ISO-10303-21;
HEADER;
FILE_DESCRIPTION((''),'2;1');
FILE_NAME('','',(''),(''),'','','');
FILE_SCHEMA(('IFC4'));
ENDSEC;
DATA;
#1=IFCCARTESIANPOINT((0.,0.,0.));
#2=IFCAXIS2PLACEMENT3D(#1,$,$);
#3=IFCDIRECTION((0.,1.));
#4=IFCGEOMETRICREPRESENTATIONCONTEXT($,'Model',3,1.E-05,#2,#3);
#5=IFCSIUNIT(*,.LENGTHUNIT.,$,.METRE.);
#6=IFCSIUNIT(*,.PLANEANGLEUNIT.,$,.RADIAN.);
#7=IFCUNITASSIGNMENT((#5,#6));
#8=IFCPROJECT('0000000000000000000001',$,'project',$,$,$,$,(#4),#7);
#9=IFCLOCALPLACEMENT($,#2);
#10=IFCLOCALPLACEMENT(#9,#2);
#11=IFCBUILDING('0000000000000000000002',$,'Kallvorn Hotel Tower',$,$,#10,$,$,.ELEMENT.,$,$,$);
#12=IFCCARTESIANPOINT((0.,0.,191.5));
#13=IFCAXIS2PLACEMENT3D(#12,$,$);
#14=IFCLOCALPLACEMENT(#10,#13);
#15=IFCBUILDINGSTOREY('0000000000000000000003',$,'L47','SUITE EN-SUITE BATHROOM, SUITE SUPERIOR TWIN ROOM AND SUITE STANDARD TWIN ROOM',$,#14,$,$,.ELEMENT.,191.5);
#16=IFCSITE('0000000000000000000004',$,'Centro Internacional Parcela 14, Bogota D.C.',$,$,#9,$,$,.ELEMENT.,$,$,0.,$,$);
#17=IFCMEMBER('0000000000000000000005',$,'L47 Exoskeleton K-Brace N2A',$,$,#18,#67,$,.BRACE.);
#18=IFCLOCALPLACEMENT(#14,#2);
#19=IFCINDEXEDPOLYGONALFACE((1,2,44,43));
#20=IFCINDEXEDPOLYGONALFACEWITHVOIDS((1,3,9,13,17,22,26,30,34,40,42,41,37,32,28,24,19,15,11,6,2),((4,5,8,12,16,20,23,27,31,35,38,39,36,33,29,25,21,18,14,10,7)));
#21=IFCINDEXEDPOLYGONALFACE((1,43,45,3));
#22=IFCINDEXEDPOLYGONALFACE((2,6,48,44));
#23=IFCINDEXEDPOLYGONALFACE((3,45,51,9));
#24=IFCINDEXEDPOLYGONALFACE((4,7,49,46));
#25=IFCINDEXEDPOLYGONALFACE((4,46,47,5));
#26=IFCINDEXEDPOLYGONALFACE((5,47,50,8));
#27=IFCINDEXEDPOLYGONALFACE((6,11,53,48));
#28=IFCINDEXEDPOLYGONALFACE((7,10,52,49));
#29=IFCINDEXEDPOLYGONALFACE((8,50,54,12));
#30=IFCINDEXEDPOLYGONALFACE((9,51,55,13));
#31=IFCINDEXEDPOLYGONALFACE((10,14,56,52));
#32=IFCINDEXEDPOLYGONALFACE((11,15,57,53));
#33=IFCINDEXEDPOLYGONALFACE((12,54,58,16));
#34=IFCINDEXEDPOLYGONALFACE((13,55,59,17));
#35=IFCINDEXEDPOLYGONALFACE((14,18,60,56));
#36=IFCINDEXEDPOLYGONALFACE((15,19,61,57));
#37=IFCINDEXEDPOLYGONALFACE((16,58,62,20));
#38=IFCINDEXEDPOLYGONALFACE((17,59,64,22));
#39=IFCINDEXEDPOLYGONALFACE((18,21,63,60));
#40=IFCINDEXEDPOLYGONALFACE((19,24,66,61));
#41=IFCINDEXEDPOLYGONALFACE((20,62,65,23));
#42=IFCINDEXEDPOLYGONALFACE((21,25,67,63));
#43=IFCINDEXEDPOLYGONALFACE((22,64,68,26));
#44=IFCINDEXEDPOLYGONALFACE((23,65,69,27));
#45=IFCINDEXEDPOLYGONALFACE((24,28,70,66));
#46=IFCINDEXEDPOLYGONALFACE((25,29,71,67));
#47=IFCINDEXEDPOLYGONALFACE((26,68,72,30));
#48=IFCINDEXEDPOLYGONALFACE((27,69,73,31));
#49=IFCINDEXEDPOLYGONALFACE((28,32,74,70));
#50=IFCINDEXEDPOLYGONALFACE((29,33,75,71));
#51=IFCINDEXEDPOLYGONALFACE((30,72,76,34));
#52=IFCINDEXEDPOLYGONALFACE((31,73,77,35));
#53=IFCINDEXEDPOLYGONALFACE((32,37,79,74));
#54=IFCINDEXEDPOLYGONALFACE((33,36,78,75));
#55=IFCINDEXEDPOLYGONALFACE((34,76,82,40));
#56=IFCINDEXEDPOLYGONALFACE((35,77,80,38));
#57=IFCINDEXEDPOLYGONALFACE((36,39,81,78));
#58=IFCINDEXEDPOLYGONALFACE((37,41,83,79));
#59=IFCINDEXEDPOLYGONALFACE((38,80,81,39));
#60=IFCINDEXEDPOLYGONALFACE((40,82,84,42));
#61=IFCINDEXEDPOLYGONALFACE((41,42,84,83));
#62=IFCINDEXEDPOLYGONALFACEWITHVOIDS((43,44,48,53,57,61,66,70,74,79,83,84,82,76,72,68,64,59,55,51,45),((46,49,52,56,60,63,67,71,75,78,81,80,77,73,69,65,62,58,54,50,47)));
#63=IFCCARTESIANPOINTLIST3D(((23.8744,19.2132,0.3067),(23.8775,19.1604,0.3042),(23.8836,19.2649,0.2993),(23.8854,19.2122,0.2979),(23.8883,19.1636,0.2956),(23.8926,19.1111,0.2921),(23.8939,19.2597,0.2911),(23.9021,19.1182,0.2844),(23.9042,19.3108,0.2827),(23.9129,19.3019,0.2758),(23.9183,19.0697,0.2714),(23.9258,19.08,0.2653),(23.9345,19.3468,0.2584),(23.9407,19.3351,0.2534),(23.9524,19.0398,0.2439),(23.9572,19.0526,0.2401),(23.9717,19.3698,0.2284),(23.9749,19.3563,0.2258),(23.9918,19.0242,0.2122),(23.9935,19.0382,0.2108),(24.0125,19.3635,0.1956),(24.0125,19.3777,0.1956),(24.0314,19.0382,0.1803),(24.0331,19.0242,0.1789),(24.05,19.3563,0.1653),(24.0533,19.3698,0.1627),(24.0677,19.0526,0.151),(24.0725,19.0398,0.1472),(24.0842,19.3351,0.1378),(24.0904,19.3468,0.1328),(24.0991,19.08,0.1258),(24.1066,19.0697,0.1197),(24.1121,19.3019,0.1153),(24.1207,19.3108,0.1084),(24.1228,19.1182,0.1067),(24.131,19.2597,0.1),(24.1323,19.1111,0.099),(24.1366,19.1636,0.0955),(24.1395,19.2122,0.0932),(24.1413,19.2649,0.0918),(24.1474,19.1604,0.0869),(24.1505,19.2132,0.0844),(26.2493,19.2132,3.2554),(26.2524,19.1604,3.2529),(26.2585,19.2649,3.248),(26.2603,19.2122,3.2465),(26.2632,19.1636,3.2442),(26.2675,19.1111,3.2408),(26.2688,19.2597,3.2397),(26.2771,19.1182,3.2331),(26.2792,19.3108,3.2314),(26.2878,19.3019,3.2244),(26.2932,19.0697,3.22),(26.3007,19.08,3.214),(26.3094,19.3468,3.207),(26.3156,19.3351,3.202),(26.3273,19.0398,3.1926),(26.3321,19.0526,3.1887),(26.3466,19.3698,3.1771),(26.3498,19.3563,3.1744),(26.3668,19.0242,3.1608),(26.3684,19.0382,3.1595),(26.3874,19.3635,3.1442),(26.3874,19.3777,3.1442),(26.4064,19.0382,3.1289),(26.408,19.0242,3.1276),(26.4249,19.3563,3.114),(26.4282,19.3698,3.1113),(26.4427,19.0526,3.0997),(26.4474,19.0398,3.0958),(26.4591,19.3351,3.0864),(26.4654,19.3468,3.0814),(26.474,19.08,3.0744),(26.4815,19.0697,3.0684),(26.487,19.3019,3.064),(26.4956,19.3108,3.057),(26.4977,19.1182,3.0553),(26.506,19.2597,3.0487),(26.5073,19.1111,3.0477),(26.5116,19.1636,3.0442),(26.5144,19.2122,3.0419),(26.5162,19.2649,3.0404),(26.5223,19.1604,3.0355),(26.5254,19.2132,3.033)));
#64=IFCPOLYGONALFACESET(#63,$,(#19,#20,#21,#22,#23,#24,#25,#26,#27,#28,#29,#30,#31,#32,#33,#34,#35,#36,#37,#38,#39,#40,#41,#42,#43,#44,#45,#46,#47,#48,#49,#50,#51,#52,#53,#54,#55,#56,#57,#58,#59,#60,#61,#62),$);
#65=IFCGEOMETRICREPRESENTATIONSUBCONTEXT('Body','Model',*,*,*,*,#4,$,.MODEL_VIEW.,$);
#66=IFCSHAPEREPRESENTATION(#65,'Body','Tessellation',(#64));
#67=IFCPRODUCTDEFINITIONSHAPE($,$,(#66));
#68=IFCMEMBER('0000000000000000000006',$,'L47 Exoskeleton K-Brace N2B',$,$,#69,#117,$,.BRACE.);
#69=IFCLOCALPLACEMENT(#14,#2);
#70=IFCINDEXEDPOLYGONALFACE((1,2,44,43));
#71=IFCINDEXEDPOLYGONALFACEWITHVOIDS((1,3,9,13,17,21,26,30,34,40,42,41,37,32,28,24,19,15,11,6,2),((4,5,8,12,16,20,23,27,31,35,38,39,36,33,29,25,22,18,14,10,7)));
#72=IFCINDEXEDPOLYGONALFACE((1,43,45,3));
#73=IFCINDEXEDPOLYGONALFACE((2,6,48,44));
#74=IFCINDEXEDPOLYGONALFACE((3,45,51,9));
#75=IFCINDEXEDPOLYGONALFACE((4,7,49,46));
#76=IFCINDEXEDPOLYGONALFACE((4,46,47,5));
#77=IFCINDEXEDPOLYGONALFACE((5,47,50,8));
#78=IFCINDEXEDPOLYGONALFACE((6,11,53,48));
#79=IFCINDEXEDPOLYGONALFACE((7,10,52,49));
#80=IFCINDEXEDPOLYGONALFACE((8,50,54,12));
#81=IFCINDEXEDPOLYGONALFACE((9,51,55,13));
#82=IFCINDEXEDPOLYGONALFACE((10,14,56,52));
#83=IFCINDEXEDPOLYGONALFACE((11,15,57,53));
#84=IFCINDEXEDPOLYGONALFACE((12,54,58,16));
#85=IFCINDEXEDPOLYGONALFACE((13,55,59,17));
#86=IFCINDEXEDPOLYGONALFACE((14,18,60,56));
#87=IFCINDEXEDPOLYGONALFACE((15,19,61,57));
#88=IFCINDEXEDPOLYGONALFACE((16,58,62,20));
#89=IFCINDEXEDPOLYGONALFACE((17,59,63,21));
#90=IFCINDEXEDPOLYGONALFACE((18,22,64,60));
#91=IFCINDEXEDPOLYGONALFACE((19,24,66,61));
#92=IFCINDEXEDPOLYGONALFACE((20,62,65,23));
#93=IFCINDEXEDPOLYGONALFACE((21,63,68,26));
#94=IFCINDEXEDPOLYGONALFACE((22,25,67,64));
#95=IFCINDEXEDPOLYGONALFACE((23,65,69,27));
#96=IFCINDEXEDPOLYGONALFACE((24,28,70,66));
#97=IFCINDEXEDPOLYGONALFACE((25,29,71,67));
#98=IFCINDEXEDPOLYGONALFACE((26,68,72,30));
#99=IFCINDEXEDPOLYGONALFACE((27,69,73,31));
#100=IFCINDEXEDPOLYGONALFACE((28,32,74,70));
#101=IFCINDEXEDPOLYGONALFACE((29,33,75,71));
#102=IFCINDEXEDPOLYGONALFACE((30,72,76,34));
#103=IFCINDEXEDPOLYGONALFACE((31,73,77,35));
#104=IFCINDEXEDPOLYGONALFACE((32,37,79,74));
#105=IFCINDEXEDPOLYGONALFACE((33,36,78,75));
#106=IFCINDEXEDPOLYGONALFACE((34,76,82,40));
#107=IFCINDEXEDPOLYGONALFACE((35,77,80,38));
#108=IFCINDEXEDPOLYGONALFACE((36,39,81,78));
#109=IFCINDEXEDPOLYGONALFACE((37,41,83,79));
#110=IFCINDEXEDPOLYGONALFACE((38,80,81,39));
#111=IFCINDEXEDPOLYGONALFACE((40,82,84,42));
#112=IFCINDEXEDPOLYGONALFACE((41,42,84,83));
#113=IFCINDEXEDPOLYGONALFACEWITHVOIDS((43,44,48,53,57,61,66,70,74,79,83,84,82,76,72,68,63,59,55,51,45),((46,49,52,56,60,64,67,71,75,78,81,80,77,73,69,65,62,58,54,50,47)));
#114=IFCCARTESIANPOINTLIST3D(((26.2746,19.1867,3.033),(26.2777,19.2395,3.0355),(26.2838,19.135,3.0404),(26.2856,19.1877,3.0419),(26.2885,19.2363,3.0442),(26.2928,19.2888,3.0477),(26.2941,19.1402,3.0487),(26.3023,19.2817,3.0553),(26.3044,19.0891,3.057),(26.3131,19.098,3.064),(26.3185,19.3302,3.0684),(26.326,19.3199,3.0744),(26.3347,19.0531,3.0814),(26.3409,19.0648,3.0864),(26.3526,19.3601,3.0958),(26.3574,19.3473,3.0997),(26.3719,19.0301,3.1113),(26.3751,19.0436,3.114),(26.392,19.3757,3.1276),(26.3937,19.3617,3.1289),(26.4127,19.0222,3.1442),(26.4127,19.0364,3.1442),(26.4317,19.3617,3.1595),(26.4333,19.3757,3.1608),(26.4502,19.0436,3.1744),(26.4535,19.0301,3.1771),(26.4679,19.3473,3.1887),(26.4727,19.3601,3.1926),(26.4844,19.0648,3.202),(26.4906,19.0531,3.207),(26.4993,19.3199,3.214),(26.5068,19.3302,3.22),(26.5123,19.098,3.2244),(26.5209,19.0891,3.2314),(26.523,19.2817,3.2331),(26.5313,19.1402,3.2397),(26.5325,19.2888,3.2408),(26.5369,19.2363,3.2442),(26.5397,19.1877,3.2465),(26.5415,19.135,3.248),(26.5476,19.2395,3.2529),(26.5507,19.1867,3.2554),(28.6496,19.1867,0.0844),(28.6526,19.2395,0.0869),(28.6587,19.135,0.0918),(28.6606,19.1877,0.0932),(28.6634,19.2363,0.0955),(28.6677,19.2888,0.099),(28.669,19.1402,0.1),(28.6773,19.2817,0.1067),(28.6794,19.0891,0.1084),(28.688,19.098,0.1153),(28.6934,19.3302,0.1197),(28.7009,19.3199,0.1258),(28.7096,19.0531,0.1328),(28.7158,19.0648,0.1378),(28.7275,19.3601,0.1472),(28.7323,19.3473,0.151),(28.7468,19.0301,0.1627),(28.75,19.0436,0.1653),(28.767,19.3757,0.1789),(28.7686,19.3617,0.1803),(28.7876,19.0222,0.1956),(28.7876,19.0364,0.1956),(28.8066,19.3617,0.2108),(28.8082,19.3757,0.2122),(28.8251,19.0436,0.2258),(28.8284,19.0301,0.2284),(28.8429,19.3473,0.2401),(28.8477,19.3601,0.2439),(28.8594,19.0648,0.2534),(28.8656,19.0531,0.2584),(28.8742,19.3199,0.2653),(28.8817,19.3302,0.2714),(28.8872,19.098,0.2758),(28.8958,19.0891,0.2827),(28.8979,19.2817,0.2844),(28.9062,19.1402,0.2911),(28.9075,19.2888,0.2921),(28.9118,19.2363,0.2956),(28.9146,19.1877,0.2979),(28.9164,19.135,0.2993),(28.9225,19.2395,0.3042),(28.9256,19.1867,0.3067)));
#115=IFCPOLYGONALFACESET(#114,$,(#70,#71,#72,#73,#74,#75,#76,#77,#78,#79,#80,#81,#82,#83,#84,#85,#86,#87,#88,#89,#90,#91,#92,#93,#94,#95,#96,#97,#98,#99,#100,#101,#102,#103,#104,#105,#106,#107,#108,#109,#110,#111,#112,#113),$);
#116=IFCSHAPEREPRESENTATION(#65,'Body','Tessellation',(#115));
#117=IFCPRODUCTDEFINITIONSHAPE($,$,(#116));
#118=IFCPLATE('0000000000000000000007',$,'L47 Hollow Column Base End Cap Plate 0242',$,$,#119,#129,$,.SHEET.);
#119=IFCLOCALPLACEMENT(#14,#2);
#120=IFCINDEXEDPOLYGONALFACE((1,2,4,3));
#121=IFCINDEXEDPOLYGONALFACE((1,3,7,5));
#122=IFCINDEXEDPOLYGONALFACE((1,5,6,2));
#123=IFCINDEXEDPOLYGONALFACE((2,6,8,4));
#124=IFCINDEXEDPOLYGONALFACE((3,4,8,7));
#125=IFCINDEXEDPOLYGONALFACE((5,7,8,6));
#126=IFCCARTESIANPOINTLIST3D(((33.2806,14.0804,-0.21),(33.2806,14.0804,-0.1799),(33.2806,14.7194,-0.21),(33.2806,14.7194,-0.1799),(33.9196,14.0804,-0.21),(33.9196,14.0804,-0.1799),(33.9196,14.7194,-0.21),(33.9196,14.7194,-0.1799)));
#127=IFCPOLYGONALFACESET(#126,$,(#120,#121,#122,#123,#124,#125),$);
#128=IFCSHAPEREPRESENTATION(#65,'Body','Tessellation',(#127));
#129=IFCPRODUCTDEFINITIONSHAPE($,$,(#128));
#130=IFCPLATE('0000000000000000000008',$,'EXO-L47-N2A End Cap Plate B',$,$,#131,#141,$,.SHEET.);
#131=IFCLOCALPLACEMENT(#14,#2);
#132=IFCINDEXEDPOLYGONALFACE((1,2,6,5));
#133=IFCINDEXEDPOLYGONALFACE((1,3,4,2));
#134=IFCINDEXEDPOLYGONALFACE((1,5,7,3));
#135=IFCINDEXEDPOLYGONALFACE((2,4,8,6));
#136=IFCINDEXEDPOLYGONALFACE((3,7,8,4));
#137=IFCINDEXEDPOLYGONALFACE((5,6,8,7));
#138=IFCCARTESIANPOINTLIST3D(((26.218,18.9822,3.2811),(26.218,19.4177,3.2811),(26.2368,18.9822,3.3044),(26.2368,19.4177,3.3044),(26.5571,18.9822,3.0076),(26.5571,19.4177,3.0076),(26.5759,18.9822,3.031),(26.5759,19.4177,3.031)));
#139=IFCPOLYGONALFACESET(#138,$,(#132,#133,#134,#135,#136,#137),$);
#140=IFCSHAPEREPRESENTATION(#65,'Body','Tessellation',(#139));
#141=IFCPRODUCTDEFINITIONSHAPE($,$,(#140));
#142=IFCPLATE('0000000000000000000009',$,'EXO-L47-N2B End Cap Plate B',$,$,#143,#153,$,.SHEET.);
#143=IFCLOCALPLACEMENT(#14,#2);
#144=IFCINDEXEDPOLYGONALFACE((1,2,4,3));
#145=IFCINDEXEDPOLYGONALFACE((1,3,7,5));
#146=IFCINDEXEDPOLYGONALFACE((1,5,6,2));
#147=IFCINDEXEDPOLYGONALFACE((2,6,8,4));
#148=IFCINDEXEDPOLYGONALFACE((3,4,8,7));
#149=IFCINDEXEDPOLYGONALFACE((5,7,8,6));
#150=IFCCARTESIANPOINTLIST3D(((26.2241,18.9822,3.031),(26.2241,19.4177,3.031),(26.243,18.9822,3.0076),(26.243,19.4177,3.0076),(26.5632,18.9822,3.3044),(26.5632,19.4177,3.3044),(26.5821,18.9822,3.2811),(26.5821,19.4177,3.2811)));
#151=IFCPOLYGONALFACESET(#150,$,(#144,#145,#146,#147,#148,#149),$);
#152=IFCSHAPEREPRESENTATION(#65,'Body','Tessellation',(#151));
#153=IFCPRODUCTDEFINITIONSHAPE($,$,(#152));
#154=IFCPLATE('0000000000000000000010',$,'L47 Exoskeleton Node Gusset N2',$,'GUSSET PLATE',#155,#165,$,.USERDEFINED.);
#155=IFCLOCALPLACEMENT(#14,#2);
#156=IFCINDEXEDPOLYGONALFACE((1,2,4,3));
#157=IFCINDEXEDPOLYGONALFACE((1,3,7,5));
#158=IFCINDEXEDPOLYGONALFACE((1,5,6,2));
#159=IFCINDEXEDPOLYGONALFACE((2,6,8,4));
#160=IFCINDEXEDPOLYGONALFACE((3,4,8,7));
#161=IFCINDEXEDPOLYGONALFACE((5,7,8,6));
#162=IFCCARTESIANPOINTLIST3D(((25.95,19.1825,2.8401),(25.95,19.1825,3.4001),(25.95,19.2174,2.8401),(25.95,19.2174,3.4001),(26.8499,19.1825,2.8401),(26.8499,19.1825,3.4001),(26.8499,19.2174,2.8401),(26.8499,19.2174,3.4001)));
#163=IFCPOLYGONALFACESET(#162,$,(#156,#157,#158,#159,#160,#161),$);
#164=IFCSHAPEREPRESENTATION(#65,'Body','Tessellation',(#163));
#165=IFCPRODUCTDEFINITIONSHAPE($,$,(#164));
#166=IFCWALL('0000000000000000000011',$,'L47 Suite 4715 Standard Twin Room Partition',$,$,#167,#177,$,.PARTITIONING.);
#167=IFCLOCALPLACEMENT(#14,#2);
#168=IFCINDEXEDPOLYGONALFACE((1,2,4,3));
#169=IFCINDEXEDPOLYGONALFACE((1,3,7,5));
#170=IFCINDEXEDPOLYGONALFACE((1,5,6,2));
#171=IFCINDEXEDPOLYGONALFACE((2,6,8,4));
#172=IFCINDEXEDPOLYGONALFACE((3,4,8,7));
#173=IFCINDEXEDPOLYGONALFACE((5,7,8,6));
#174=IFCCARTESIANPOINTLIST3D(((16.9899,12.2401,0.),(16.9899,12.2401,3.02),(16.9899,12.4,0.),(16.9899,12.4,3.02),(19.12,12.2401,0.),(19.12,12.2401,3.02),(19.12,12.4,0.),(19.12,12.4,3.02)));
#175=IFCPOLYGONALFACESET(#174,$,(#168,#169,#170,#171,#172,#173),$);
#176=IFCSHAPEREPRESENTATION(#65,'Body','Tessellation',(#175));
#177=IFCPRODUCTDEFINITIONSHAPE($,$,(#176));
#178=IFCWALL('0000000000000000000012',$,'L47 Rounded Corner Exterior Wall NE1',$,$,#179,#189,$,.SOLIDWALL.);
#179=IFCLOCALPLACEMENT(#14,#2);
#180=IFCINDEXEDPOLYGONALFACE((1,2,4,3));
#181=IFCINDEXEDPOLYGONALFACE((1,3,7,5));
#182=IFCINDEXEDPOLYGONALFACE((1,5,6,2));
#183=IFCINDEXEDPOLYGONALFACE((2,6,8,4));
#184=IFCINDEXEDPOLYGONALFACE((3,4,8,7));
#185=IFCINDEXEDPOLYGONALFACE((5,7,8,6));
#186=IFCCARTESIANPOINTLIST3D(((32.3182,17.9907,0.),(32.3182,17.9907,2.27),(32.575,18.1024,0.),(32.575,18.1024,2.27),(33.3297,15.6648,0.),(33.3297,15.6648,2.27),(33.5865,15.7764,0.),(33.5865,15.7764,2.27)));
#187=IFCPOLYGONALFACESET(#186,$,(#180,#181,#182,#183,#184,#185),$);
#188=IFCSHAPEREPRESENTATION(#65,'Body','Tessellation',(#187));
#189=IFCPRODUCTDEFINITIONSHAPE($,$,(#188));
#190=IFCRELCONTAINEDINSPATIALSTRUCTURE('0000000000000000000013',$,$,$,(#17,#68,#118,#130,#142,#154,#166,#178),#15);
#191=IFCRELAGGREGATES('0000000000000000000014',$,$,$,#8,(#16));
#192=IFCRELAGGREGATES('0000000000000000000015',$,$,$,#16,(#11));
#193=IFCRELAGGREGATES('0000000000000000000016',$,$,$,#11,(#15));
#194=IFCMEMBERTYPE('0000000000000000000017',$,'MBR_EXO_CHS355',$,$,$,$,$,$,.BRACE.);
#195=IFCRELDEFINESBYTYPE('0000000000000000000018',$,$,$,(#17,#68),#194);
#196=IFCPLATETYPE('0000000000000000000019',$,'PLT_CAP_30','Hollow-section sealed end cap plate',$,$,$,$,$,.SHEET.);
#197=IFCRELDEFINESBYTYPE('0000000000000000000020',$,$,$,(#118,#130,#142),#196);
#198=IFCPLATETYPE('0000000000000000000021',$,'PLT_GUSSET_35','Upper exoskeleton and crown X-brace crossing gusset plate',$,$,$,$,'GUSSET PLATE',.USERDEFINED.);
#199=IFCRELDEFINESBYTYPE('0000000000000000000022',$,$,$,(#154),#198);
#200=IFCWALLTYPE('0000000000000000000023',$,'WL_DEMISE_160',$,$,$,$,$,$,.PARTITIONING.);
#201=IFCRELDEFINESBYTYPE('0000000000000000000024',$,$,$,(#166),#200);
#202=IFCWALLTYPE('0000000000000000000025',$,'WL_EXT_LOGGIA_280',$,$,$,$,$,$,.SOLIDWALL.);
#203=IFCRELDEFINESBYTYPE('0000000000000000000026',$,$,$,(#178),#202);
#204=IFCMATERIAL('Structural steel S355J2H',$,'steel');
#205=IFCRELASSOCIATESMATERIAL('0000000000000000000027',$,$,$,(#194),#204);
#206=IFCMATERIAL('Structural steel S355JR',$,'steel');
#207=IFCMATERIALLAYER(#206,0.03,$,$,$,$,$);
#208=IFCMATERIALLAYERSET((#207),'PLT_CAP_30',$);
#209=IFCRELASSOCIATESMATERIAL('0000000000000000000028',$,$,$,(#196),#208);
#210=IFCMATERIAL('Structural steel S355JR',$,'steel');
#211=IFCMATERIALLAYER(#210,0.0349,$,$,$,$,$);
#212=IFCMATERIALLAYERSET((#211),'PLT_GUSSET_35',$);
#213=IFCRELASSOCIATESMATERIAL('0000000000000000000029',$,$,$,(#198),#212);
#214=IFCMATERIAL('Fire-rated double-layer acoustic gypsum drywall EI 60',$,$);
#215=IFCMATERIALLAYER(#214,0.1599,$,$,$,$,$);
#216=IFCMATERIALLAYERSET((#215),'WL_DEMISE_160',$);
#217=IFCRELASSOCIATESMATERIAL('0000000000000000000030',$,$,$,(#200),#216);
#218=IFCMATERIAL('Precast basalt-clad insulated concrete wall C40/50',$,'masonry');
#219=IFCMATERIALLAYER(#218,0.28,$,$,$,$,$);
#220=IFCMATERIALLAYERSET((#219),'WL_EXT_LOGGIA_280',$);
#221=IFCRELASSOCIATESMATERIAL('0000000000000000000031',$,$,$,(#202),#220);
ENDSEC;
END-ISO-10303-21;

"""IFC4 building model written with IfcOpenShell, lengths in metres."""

from ifc_helpers import new_model, si_unit, direction, frame, frame_2d, origin, origin_2d, place, context, subcontext, project, spatial, polyline, rectangle, hollow_circle, outline, extrude, material, layer, layer_set, material_profile, profile_set, type_object, element, save


model = new_model("IFC4")

# Units and contexts
model_context = context("Model", 3, precision=1e-05, world=origin(), true_north=direction((0.0, 1.0)))
body_context = subcontext(model_context, "Body", "Model", "MODEL_VIEW")
ifc_project = project(units=[si_unit("LENGTHUNIT", "METRE"), si_unit("PLANEANGLEUNIT", "RADIAN")], contexts=[model_context])

# Site, building, storey
site_placement = place(None, origin())
site = spatial("IfcSite", under=ifc_project, at=site_placement, Name="Centro Internacional Parcela 14, Bogota D.C.", CompositionType="ELEMENT", RefElevation=0.0)
building_placement = place(site_placement, origin())
building = spatial("IfcBuilding", under=site, at=building_placement, Name="Kallvorn Hotel Tower", CompositionType="ELEMENT")
storey_placement = place(building_placement, frame((0.0, 0.0, 191.5)))
storey = spatial("IfcBuildingStorey", under=building, at=storey_placement, Name="L47", Description="SUITE EN-SUITE BATHROOM, SUITE SUPERIOR TWIN ROOM AND SUITE STANDARD TWIN ROOM", CompositionType="ELEMENT", Elevation=191.5)

# Members
ifc_material_1 = material(Name="Structural steel S355J2H", Category="steel")
ifc_material_profile_1 = material_profile(ifc_material_1, hollow_circle(Radius=0.1777, WallThickness=0.0142, at=origin_2d()), Name="CHS 355.6x14.2")
ifc_profile_set_1 = profile_set([ifc_material_profile_1], Name="Structural steel S355J2H")
member_type_1 = type_object("IfcMemberType", Name="MBR_EXO_CHS355", PredefinedType="BRACE", material=ifc_profile_set_1)
for number, where, z_axis, x_axis, name in (
    (1, (24.0125, 19.2, 0.1956), (0.627271, 0.0, 0.778801), (0.0, 1.0, 0.0), "L47 Exoskeleton K-Brace N2A"),
    (2, (28.7876, 19.2, 0.1956), (-0.627271, 0.0, 0.778801), (0.0, -1.0, 0.0), "L47 Exoskeleton K-Brace N2B"),
):
    element("IfcMember", number, at=place(storey_placement, frame(where, z_axis=z_axis, x_axis=x_axis)), inside=storey, type_object=member_type_1, Name=name, PredefinedType="BRACE", context=body_context, shape_type="SweptSolid", body=[
        extrude(hollow_circle(Radius=0.1777, WallThickness=0.0142, at=origin_2d()), origin(), (0.0, 0.0, 1.0), 3.7861),
    ])

# Plates
ifc_material_2 = material(Name="Structural steel S355JR", Category="steel")
ifc_layer_1 = layer(ifc_material_2, 0.03)
ifc_layer_set_1 = layer_set([ifc_layer_1], Name="PLT_CAP_30")
plate_type_1 = type_object("IfcPlateType", Name="PLT_CAP_30", Description="Hollow-section sealed end cap plate", PredefinedType="SHEET", material=ifc_layer_set_1)
plate_1_placement = place(storey_placement, frame((33.6001, 14.3999, -0.21), z_axis=(0.0, 0.0, 1.0), x_axis=(1.0, 0.0, 0.0)))
element("IfcPlate", 3, at=plate_1_placement, inside=storey, type_object=plate_type_1, Name="L47 Hollow Column Base End Cap Plate 0242", PredefinedType="SHEET", context=body_context, shape_type="SweptSolid", body=[
    extrude(rectangle(XDim=0.6389, YDim=0.6389, at=origin_2d()), origin(), (0.0, 0.0, 1.0), 0.03),
])
for number, where, z_axis, x_axis, name in (
    (4, (26.5759, 18.9822, 3.031), (0.627698, 0.0, 0.778457), (0.0, 1.0, 0.0), "EXO-L47-N2A End Cap Plate B"),
    (5, (26.2241, 19.4177, 3.031), (-0.627698, 0.0, 0.778457), (0.0, -1.0, 0.0), "EXO-L47-N2B End Cap Plate B"),
):
    element("IfcPlate", number, at=place(storey_placement, frame(where, z_axis=z_axis, x_axis=x_axis)), inside=storey, type_object=plate_type_1, Name=name, PredefinedType="SHEET", context=body_context, shape_type="SweptSolid", body=[
        extrude(outline(polyline([(0.0, 0.0), (0.4355, 0.0), (0.4355, 0.4356), (0.0, 0.4356), (0.0, 0.0)])), origin(), (0.0, 0.0, -1.0), 0.03),
    ])
ifc_material_3 = material(Name="Structural steel S355JR", Category="steel")
ifc_layer_2 = layer(ifc_material_3, 0.0349)
ifc_layer_set_2 = layer_set([ifc_layer_2], Name="PLT_GUSSET_35")
plate_type_2 = type_object("IfcPlateType", Name="PLT_GUSSET_35", Description="Upper exoskeleton and crown X-brace crossing gusset plate", ElementType="GUSSET PLATE", PredefinedType="USERDEFINED", material=ifc_layer_set_2)
plate_2_placement = place(storey_placement, frame((26.3999, 19.2, 2.8401), z_axis=(0.0, 0.0, 1.0), x_axis=(1.0, 0.0, 0.0)))
element("IfcPlate", 6, at=plate_2_placement, inside=storey, type_object=plate_type_2, Name="L47 Exoskeleton Node Gusset N2", ObjectType="GUSSET PLATE", PredefinedType="USERDEFINED", context=body_context, shape_type="SweptSolid", body=[
    extrude(rectangle(XDim=0.8999, YDim=0.0349, at=origin_2d()), origin(), (0.0, 0.0, 1.0), 0.5601),
])

# Walls
ifc_material_4 = material(Name="Fire-rated double-layer acoustic gypsum drywall EI 60")
ifc_layer_3 = layer(ifc_material_4, 0.1599)
ifc_layer_set_3 = layer_set([ifc_layer_3], Name="WL_DEMISE_160")
wall_type_1 = type_object("IfcWallType", Name="WL_DEMISE_160", PredefinedType="PARTITIONING", material=ifc_layer_set_3)
wall_1_placement = place(storey_placement, frame((16.99, 12.3201, 0.0), z_axis=(0.0, 0.0, 1.0), x_axis=(1.0, 0.0, 0.0)))
element("IfcWall", 7, at=wall_1_placement, inside=storey, type_object=wall_type_1, Name="L47 Suite 4715 Standard Twin Room Partition", PredefinedType="PARTITIONING", context=body_context, shape_type="SweptSolid", body=[
    extrude(rectangle(XDim=2.1301, YDim=0.1599, at=frame_2d((1.0649, 0.0))), origin(), (0.0, 0.0, 1.0), 3.02),
])
ifc_material_5 = material(Name="Precast basalt-clad insulated concrete wall C40/50", Category="masonry")
ifc_layer_4 = layer(ifc_material_5, 0.28)
ifc_layer_set_4 = layer_set([ifc_layer_4], Name="WL_EXT_LOGGIA_280")
wall_type_2 = type_object("IfcWallType", Name="WL_EXT_LOGGIA_280", PredefinedType="SOLIDWALL", material=ifc_layer_set_4)
wall_2_placement = place(storey_placement, frame((33.458, 15.7207, 0.0), z_axis=(0.0, 0.0, 1.0), x_axis=(-0.398793, 0.917041, 0.0)))
element("IfcWall", 8, at=wall_2_placement, inside=storey, type_object=wall_type_2, Name="L47 Rounded Corner Exterior Wall NE1", PredefinedType="SOLIDWALL", context=body_context, shape_type="SweptSolid", body=[
    extrude(rectangle(XDim=2.5364, YDim=0.28, at=frame_2d((1.2681, 0.0))), origin(), (0.0, 0.0, 1.0), 2.27),
])

save(model, "model.ifc")
